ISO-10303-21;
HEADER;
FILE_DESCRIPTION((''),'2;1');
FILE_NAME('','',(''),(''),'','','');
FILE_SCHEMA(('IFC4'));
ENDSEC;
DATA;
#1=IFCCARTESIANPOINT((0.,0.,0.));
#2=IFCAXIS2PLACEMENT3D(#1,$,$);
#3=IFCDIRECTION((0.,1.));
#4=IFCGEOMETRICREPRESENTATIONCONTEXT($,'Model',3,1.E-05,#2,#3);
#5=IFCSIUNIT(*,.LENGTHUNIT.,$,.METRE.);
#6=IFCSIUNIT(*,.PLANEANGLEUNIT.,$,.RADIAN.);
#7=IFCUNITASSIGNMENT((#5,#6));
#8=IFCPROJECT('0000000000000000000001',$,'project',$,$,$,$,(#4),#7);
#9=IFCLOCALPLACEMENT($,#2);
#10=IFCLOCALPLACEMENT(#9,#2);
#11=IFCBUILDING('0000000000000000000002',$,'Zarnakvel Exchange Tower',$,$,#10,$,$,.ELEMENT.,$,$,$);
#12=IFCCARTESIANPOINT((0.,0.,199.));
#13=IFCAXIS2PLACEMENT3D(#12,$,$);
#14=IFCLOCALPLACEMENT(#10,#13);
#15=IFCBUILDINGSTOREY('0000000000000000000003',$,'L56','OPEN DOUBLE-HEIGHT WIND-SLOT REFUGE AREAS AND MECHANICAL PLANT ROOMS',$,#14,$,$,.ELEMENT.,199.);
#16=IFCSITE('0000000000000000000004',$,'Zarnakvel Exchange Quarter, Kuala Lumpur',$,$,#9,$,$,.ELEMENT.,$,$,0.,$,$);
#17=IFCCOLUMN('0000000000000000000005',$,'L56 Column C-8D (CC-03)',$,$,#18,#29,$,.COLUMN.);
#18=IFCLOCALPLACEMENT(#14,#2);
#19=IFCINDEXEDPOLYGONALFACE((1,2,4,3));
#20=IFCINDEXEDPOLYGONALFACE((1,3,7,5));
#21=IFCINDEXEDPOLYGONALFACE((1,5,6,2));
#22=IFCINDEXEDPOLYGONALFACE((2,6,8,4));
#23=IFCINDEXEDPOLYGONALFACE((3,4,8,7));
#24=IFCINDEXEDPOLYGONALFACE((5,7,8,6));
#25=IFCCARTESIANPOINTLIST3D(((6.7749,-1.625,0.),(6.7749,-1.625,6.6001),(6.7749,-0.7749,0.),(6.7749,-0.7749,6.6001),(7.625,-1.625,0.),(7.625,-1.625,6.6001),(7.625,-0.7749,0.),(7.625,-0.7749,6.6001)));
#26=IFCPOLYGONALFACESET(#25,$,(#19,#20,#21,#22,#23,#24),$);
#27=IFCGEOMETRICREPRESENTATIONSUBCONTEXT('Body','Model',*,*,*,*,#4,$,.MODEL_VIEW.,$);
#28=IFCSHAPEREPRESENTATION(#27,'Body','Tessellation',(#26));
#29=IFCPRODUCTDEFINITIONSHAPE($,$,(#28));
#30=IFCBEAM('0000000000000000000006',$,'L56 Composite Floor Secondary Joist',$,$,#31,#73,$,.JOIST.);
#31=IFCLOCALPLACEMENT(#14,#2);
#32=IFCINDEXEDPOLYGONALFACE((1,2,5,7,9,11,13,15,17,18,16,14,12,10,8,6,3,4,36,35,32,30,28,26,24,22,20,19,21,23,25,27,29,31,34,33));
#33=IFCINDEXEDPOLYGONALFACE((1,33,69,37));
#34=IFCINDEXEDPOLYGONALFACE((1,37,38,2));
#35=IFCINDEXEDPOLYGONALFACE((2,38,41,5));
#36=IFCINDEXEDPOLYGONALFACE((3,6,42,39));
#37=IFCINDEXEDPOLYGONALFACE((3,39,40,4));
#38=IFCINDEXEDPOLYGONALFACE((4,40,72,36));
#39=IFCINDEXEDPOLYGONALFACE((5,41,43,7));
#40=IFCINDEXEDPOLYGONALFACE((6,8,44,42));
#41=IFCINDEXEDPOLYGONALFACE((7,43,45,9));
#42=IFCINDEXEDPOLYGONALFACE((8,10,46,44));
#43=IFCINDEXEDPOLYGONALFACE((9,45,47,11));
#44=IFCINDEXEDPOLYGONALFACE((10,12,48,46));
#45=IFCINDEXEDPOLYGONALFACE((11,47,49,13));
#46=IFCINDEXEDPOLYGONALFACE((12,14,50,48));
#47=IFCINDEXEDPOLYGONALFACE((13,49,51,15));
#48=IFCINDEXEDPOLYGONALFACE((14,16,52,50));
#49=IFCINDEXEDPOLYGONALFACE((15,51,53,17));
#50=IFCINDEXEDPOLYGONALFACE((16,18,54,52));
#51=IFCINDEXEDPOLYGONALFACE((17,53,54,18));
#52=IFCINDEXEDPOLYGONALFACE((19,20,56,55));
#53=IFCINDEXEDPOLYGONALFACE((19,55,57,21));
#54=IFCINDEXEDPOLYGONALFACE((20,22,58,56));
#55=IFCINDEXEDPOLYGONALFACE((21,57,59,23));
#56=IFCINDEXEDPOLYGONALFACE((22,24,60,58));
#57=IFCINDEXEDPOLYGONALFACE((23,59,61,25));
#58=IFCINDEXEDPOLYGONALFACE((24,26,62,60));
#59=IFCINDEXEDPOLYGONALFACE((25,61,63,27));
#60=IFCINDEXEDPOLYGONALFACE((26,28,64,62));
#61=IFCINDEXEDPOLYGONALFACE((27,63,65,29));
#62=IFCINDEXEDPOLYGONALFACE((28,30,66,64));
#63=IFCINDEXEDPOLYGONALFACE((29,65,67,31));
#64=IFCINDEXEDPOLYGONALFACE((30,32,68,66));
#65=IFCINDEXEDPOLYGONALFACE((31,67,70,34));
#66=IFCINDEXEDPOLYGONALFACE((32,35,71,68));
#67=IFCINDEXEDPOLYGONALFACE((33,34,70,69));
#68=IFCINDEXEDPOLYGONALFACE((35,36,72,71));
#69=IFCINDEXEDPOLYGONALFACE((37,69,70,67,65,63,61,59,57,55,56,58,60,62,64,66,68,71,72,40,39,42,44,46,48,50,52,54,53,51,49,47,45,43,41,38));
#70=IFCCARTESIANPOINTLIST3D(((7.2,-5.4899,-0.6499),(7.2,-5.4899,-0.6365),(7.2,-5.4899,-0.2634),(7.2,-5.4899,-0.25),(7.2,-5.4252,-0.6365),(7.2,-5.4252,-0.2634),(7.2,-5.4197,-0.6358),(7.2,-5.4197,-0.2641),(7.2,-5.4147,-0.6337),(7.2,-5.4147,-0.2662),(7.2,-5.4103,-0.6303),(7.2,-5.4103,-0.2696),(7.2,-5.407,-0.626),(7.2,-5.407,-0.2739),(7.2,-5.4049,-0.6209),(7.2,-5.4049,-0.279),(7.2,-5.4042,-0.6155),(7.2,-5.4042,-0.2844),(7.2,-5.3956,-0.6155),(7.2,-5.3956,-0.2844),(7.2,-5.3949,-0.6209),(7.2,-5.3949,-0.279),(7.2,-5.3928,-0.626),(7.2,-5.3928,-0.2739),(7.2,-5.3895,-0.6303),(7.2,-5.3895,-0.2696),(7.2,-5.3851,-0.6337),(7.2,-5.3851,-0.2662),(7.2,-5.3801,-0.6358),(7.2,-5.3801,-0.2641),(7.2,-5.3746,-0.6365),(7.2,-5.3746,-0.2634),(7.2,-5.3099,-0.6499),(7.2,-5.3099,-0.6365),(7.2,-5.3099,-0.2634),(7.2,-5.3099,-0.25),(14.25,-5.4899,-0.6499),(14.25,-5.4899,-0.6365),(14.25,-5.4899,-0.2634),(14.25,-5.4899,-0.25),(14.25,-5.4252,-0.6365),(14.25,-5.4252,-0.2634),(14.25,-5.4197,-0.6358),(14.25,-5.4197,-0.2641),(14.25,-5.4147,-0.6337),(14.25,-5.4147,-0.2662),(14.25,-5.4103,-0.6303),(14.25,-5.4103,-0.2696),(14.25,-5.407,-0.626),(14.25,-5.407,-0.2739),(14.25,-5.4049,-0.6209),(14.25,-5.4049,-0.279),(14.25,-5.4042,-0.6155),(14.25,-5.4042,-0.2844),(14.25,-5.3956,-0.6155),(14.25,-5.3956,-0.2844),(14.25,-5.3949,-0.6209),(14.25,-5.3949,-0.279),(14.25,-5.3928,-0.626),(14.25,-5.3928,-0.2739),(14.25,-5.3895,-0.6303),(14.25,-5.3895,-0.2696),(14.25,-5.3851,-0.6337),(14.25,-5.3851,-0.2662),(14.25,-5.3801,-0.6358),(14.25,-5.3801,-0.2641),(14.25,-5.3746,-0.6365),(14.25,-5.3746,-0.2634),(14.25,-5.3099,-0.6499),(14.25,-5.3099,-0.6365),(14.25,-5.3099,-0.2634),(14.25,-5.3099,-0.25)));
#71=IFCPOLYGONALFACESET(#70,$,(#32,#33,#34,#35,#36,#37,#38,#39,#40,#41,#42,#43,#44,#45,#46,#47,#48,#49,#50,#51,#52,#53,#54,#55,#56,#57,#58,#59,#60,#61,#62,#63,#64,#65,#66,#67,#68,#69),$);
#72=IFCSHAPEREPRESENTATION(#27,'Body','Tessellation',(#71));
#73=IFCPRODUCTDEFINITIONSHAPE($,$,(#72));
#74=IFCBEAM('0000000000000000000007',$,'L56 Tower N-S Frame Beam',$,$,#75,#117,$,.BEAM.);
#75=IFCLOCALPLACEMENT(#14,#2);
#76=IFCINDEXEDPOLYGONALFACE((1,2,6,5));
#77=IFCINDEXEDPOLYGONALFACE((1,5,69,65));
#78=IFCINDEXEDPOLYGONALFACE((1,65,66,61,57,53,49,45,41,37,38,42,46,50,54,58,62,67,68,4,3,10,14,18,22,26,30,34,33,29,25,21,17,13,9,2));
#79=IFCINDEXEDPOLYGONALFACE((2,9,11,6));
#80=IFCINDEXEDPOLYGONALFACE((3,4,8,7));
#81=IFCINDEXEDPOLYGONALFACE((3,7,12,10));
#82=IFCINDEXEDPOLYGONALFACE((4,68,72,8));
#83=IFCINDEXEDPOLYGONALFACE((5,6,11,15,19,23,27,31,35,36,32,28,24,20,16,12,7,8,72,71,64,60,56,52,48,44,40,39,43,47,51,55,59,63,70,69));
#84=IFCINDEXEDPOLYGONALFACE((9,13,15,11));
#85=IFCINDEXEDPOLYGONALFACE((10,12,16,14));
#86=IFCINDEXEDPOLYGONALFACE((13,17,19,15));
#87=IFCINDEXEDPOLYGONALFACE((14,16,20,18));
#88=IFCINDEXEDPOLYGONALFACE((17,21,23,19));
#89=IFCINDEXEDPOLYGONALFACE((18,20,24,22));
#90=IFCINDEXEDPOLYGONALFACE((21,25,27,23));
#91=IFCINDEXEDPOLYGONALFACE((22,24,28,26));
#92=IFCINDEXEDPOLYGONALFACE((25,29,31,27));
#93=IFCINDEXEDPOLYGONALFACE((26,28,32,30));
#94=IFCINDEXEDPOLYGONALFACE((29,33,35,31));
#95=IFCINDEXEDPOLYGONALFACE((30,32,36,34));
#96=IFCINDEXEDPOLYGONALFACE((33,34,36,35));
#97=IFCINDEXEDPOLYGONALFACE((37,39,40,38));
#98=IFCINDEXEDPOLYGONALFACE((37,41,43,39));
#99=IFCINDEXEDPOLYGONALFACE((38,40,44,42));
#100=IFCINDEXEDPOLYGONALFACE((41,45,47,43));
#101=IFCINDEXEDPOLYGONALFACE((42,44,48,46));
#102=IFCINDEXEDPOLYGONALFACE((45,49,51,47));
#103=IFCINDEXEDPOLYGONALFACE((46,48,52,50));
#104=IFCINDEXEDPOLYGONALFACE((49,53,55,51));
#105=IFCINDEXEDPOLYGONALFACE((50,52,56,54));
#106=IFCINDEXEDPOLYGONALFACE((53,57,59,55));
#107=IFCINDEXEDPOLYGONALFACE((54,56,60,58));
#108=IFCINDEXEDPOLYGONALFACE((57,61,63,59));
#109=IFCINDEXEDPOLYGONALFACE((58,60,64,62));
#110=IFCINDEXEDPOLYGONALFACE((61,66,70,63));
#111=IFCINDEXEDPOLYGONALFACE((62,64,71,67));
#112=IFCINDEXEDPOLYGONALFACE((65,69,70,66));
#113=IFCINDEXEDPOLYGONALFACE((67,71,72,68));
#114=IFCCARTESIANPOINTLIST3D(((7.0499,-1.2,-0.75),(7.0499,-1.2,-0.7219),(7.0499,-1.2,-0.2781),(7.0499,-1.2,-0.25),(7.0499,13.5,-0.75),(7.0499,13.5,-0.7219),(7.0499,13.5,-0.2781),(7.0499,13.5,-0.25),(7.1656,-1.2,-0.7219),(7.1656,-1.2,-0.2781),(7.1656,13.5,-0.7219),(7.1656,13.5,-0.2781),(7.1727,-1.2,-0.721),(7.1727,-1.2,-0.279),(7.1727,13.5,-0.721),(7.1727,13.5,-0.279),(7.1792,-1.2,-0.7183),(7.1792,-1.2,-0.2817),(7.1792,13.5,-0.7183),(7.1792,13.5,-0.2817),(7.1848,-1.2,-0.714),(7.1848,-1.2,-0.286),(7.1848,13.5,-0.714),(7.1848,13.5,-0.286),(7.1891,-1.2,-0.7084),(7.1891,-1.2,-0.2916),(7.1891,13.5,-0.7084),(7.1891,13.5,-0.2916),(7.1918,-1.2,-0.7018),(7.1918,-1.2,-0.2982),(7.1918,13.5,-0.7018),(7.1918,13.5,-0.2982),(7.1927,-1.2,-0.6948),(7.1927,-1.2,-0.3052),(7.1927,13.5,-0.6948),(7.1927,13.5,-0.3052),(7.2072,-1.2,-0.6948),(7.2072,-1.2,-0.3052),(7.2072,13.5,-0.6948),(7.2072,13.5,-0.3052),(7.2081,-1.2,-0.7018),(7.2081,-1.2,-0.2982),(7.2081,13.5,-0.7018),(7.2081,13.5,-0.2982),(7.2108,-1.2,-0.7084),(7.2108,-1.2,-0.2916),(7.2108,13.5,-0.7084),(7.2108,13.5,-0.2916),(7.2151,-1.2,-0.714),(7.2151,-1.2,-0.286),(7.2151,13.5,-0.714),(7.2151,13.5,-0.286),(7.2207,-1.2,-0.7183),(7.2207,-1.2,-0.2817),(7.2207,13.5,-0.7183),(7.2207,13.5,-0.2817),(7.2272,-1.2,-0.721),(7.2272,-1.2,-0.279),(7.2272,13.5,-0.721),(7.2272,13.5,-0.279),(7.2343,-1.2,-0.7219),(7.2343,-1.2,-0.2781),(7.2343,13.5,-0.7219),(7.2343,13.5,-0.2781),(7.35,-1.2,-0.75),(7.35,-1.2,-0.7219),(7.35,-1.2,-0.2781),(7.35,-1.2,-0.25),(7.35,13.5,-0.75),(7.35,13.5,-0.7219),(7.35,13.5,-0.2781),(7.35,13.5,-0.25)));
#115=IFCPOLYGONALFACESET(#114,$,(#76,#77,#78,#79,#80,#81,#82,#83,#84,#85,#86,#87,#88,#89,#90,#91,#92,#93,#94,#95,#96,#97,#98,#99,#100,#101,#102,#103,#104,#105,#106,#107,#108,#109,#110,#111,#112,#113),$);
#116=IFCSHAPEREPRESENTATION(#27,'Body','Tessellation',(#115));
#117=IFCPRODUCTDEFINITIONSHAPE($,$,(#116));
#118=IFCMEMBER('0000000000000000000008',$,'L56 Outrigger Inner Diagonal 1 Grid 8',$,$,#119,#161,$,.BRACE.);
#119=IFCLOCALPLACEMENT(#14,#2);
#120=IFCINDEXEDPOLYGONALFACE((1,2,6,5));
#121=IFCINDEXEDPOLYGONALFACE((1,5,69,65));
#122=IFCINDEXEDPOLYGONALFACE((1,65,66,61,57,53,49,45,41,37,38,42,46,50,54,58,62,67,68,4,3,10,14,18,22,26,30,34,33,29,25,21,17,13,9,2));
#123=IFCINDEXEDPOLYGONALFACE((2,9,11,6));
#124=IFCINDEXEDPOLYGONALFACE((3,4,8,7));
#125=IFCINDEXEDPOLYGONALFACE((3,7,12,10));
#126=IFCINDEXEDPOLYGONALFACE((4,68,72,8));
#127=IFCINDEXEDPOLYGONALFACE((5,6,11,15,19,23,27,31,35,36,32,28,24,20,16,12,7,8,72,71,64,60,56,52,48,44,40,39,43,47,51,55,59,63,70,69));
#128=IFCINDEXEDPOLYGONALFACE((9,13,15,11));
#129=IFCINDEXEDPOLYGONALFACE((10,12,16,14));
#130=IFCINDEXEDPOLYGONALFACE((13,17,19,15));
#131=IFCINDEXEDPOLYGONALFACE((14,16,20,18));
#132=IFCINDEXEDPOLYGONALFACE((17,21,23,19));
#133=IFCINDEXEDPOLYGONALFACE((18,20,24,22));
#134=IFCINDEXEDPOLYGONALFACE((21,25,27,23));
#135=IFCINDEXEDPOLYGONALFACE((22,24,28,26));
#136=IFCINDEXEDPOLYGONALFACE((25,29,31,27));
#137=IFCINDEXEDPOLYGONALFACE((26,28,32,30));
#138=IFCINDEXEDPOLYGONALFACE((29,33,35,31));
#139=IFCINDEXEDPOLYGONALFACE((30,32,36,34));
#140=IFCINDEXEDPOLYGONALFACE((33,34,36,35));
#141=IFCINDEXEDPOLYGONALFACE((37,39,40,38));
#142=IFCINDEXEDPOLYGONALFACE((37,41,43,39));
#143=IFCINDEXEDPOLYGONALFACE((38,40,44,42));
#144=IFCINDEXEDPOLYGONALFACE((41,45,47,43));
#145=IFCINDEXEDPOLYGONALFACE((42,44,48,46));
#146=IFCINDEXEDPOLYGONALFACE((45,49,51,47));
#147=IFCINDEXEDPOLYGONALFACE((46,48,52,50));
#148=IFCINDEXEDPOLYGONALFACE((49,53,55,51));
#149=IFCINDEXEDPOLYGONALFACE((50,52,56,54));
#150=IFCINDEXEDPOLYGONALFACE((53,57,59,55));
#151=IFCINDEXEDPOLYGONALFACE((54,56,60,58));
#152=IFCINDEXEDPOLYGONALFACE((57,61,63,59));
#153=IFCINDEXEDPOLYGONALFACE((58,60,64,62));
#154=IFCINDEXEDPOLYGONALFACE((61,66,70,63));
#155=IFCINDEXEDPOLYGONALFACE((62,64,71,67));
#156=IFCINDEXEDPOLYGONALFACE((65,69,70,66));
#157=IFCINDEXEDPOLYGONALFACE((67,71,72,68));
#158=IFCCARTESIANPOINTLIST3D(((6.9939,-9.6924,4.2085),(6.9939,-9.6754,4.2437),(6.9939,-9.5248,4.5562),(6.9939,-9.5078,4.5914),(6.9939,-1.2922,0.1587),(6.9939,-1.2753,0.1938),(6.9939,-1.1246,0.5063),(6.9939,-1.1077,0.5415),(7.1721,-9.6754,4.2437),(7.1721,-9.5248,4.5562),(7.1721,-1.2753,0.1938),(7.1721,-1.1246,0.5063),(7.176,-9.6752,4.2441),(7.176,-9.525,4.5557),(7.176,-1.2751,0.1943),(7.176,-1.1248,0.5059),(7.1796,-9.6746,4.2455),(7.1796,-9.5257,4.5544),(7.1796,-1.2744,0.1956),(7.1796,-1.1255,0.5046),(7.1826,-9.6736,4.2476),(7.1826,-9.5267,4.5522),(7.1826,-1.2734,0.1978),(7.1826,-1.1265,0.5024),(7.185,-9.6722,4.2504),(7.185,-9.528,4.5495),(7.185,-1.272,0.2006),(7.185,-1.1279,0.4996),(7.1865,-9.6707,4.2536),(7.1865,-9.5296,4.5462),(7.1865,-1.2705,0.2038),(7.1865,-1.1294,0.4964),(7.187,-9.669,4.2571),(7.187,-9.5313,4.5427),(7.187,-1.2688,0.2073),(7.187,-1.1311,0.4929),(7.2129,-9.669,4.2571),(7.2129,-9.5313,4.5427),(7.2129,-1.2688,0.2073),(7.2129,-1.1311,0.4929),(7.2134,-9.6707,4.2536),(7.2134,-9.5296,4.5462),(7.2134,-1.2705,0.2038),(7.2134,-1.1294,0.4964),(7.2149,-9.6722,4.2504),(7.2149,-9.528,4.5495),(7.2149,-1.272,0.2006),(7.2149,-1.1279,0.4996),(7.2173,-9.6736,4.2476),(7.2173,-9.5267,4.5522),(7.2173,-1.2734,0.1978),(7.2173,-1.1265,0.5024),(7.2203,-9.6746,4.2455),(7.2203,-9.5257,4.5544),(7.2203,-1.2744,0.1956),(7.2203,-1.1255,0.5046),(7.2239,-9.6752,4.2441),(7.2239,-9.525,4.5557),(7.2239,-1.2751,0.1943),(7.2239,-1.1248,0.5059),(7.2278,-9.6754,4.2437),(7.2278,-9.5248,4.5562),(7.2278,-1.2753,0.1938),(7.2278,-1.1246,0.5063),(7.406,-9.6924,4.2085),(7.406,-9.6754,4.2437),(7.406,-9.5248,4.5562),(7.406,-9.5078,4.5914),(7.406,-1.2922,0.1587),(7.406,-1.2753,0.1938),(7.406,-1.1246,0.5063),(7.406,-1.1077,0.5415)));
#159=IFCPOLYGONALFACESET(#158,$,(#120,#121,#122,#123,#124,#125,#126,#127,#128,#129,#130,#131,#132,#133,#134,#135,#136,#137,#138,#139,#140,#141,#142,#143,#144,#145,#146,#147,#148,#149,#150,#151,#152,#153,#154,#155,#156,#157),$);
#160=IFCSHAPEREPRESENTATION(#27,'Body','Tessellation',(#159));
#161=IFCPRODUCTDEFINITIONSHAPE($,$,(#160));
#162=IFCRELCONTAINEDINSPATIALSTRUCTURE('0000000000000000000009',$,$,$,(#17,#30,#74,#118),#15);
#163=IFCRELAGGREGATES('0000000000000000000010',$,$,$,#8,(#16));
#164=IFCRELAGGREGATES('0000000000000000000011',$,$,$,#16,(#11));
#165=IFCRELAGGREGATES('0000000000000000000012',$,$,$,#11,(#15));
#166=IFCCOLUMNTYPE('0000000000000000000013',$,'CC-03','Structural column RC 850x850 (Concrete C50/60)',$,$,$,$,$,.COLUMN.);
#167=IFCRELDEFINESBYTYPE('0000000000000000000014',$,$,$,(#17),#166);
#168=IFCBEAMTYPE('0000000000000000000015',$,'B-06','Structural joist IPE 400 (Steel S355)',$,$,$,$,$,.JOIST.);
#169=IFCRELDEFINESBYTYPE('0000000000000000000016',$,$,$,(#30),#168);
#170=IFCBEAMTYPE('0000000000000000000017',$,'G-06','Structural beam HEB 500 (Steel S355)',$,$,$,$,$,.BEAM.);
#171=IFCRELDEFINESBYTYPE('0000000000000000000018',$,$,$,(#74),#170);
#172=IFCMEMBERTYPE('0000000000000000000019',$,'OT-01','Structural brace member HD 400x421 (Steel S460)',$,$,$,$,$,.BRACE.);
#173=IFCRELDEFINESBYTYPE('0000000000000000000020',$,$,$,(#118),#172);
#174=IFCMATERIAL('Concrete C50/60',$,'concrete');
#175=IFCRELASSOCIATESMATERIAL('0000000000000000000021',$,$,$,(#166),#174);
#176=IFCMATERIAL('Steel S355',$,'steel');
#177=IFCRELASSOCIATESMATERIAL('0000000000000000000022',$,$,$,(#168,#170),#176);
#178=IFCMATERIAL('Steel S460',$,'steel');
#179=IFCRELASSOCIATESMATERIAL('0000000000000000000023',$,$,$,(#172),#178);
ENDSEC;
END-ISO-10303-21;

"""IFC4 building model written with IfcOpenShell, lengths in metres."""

from ifc_helpers import new_model, si_unit, direction, frame, origin, origin_2d, place, context, subcontext, project, spatial, rectangle, i_section, extrude, source, transform, mapped, material, material_profile, profile_set, type_object, element, save


model = new_model("IFC4")

# Units and contexts
model_context = context("Model", 3, precision=1e-05, world=origin(), true_north=direction((0.0, 1.0)))
body_context = subcontext(model_context, "Body", "Model", "MODEL_VIEW")
ifc_project = project(units=[si_unit("LENGTHUNIT", "METRE"), si_unit("PLANEANGLEUNIT", "RADIAN")], contexts=[model_context])

# Site, building, storey
site_placement = place(None, origin())
site = spatial("IfcSite", under=ifc_project, at=site_placement, Name="Zarnakvel Exchange Quarter, Kuala Lumpur", CompositionType="ELEMENT", RefElevation=0.0)
building_placement = place(site_placement, origin())
building = spatial("IfcBuilding", under=site, at=building_placement, Name="Zarnakvel Exchange Tower", CompositionType="ELEMENT")
storey_placement = place(building_placement, frame((0.0, 0.0, 199.0)))
storey = spatial("IfcBuildingStorey", under=building, at=storey_placement, Name="L56", Description="OPEN DOUBLE-HEIGHT WIND-SLOT REFUGE AREAS AND MECHANICAL PLANT ROOMS", CompositionType="ELEMENT", Elevation=199.0)

# Column
ifc_material_1 = material(Name="Concrete C50/60", Category="concrete")
ifc_material_profile_1 = material_profile(ifc_material_1, rectangle(XDim=0.8501, YDim=0.8501, at=origin_2d()))
ifc_profile_set_1 = profile_set([ifc_material_profile_1], Name="Concrete C50/60")
column_type = type_object("IfcColumnType", Name="CC-03", Description="Structural column RC 850x850 (Concrete C50/60)", PredefinedType="COLUMN", material=ifc_profile_set_1)
column_placement = place(storey_placement, frame((7.2, -1.2, 0.0), z_axis=(0.0, 0.0, 1.0), x_axis=(1.0, 0.0, 0.0)))
element("IfcColumn", 1, at=column_placement, inside=storey, type_object=column_type, Name="L56 Column C-8D (CC-03)", PredefinedType="COLUMN", context=body_context, shape_type="SweptSolid", body=[
    extrude(rectangle(XDim=0.8501, YDim=0.8501, at=origin_2d()), origin(), (0.0, 0.0, 1.0), 6.6001),
])

# Beams
ifc_material_2 = material(Name="Steel S355", Category="steel")
ifc_material_profile_2 = material_profile(ifc_material_2, i_section(OverallWidth=0.1799, OverallDepth=0.3999, WebThickness=0.0085, FlangeThickness=0.0134, FilletRadius=0.021, at=origin_2d()))
ifc_profile_set_2 = profile_set([ifc_material_profile_2], Name="Steel S355")
beam_type_1 = type_object("IfcBeamType", Name="B-06", Description="Structural joist IPE 400 (Steel S355)", PredefinedType="JOIST", material=ifc_profile_set_2)
beam_1_placement = place(storey_placement, frame((7.2, -5.3999, -0.45), z_axis=(1.0, 0.0, 0.0), x_axis=(0.0, 1.0, 0.0)))
element("IfcBeam", 2, at=beam_1_placement, inside=storey, type_object=beam_type_1, Name="L56 Composite Floor Secondary Joist", PredefinedType="JOIST", context=body_context, shape_type="SweptSolid", body=[
    extrude(i_section(OverallWidth=0.1799, OverallDepth=0.3999, WebThickness=0.0085, FlangeThickness=0.0134, FilletRadius=0.021, at=origin_2d()), origin(), (0.0, 0.0, 1.0), 7.05),
])
ifc_material_profile_3 = material_profile(ifc_material_2, i_section(OverallWidth=0.3, OverallDepth=0.5, WebThickness=0.0144, FlangeThickness=0.0281, FilletRadius=0.0271, at=origin_2d()))
ifc_profile_set_3 = profile_set([ifc_material_profile_3], Name="Steel S355")
beam_type_2 = type_object("IfcBeamType", Name="G-06", Description="Structural beam HEB 500 (Steel S355)", PredefinedType="BEAM", material=ifc_profile_set_3)
beam_2_placement = place(storey_placement, frame((7.2, -1.2, -0.5), z_axis=(0.0, 1.0, 0.0), x_axis=(-1.0, 0.0, 0.0)))
element("IfcBeam", 3, at=beam_2_placement, inside=storey, type_object=beam_type_2, Name="L56 Tower N-S Frame Beam", PredefinedType="BEAM", context=body_context, shape_type="SweptSolid", body=[
    extrude(i_section(OverallWidth=0.3, OverallDepth=0.5, WebThickness=0.0144, FlangeThickness=0.0281, FilletRadius=0.0271, at=origin_2d()), origin(), (0.0, 0.0, 1.0), 14.7),
])

# Member
ifc_material_3 = material(Name="Steel S460", Category="steel")
ifc_material_profile_4 = material_profile(ifc_material_3, i_section(OverallWidth=0.4121, OverallDepth=0.425, WebThickness=0.0259, FlangeThickness=0.0391, FilletRadius=0.0149, at=origin_2d()))
ifc_profile_set_4 = profile_set([ifc_material_profile_4], Name="Steel S460")
member_type_1 = type_object("IfcMemberType", Name="OT-01", Description="Structural brace member HD 400x421 (Steel S460)", PredefinedType="BRACE", material=ifc_profile_set_4)
shared_shape_1 = source(origin(), body_context, "Body", "SweptSolid", [
    extrude(i_section(OverallWidth=0.4121, OverallDepth=0.425, WebThickness=0.0259, FlangeThickness=0.0391, FilletRadius=0.0149, at=origin_2d()), origin(), (0.0, 0.0, 1.0), 9.3254),
])
member_1_placement = place(storey_placement, frame((7.2, -1.2, 0.3501), z_axis=(0.0, -0.90078, 0.434276), x_axis=(1.0, 0.0, 0.0)))
element("IfcMember", 4, at=member_1_placement, inside=storey, type_object=member_type_1, Name="L56 Outrigger Inner Diagonal 1 Grid 8", PredefinedType="BRACE", context=body_context, shape_type="MappedRepresentation", body=[
    mapped(shared_shape_1, transform((0.0, 0.0, 0.0), x_axis=(1.0, 0.0, 0.0), y_axis=(0.0, 1.0, 0.0), z_axis=(0.0, 0.0, 1.0), scale=1.0)),
])

save(model, "model.ifc")
